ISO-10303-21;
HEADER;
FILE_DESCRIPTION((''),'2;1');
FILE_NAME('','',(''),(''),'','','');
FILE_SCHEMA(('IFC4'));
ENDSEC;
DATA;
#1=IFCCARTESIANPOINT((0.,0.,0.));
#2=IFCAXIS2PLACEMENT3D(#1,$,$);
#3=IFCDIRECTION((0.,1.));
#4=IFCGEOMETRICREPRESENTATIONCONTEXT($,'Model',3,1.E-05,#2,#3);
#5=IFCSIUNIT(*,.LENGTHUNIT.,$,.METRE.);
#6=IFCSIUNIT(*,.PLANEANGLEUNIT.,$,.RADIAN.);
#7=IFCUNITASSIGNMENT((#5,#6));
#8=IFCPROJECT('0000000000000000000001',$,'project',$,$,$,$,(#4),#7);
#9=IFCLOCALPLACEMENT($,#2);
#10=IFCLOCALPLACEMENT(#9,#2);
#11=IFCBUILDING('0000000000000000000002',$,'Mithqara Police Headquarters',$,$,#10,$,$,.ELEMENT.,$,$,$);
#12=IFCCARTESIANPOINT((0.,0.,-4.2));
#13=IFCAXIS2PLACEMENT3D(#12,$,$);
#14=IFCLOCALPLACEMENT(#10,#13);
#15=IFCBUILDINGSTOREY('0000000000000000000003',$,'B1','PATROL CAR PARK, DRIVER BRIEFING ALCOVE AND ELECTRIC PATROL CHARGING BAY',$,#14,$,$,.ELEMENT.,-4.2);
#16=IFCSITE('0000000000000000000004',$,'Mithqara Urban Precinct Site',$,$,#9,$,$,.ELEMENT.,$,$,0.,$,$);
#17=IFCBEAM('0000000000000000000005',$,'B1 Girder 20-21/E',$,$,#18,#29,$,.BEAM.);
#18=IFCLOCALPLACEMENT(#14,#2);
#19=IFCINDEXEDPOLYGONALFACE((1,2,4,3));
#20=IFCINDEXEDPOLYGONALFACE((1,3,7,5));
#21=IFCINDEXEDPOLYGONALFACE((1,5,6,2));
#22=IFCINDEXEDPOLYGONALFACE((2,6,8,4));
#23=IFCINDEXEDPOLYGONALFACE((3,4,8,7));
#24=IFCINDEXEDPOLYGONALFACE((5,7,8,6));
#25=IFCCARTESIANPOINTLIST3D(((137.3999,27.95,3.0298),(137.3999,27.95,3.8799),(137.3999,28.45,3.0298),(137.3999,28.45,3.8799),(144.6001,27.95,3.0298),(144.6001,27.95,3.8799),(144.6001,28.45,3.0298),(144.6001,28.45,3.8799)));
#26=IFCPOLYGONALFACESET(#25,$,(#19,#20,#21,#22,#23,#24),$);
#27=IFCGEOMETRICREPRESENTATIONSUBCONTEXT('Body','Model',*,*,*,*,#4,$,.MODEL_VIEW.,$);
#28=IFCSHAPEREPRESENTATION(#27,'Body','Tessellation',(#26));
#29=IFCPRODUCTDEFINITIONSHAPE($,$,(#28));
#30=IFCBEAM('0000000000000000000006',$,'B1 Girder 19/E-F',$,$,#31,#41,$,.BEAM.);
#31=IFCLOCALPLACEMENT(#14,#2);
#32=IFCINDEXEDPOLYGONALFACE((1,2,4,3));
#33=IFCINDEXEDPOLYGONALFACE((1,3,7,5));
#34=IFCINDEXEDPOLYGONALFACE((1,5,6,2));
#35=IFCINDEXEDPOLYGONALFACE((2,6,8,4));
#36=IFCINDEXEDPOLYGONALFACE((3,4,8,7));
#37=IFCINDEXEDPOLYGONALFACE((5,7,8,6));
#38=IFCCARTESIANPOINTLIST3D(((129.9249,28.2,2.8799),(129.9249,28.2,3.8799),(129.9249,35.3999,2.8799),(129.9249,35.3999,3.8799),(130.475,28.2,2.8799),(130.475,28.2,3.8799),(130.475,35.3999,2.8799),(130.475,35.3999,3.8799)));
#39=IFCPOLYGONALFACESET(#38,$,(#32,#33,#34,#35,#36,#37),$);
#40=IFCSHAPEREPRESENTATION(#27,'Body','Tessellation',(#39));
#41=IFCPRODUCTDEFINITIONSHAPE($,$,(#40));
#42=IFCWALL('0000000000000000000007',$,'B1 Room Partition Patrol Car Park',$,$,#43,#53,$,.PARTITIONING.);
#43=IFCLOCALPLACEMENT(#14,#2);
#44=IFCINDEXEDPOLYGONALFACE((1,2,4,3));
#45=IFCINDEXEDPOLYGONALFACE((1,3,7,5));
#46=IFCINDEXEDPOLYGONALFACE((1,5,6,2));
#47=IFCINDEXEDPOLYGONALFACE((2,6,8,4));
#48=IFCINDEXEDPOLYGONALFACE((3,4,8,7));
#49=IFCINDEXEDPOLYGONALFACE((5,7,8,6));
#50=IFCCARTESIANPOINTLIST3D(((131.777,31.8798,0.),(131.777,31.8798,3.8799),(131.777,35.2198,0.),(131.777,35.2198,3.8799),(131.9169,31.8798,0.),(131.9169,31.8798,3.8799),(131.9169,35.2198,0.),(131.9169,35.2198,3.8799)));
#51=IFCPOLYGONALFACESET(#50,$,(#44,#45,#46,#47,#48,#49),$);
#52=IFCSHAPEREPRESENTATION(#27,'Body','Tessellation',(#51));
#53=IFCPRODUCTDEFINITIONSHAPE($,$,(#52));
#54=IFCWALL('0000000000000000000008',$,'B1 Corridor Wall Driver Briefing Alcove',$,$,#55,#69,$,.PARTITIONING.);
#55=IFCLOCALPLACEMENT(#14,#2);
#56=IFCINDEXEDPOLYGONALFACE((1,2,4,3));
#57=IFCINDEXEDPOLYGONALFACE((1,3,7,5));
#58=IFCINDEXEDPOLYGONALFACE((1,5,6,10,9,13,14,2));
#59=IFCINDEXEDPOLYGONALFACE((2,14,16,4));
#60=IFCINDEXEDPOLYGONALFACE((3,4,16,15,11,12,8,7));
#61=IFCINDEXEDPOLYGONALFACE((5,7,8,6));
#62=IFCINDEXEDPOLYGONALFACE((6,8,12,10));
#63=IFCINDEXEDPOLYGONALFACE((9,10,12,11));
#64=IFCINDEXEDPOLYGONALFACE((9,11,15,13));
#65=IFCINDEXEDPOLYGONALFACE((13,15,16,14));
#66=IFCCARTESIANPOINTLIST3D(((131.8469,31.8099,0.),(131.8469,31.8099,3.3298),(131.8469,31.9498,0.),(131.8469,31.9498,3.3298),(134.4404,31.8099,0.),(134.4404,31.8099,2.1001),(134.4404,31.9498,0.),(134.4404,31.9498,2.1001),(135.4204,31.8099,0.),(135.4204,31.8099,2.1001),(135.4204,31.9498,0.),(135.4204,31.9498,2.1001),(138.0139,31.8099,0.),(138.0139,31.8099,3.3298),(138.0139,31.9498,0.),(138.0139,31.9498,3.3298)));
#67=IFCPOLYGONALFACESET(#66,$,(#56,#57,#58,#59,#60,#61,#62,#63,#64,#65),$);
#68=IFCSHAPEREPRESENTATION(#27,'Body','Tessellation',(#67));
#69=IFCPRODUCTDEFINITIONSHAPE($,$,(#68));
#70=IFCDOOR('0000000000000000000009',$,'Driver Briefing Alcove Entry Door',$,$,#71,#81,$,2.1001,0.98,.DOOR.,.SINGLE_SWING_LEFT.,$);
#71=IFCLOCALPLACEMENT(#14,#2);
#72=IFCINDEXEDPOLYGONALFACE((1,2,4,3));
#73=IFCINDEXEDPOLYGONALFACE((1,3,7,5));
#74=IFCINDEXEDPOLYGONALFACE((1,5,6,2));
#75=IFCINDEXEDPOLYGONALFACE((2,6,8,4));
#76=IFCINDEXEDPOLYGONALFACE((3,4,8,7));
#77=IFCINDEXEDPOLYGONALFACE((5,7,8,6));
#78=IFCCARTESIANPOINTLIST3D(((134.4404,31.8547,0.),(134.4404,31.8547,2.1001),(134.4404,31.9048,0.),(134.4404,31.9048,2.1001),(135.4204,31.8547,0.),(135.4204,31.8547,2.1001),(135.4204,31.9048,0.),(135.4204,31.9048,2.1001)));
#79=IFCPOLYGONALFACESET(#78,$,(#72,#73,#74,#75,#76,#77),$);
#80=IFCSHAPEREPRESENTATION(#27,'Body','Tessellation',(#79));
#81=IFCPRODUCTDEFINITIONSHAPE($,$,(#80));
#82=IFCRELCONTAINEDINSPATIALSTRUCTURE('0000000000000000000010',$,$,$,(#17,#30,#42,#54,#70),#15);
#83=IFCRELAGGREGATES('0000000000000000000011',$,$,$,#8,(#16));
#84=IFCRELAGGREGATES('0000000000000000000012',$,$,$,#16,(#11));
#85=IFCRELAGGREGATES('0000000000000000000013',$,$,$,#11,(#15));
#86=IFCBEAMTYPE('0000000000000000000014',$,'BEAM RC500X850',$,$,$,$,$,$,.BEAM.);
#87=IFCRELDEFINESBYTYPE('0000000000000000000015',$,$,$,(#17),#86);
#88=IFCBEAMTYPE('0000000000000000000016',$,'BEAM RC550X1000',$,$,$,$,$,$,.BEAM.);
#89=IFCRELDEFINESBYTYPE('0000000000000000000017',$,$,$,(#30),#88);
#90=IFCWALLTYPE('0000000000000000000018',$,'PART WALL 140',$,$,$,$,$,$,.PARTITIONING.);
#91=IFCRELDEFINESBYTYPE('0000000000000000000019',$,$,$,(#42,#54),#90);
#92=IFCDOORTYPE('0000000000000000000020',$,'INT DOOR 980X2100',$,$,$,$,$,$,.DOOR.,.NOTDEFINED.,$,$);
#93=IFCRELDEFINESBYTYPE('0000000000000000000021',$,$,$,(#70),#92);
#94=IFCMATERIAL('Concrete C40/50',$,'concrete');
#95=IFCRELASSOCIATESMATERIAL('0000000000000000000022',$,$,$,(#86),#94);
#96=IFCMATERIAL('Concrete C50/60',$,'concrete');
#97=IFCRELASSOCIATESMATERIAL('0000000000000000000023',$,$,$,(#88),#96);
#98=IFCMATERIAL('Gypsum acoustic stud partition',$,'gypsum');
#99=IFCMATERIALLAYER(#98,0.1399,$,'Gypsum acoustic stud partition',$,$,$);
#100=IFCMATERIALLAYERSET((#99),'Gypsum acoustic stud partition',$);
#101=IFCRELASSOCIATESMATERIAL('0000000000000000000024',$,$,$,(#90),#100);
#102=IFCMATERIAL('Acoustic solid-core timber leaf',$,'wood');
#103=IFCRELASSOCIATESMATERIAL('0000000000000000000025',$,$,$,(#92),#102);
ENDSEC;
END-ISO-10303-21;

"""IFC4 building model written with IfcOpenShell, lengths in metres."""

from ifc_helpers import new_model, si_unit, direction, frame, frame_2d, origin, origin_2d, place, context, subcontext, project, spatial, rectangle, extrude, material, layer, layer_set, material_profile, profile_set, type_object, element, fill, save


model = new_model("IFC4")

# Units and contexts
model_context = context("Model", 3, precision=1e-05, world=origin(), true_north=direction((0.0, 1.0)))
body_context = subcontext(model_context, "Body", "Model", "MODEL_VIEW")
ifc_project = project(units=[si_unit("LENGTHUNIT", "METRE"), si_unit("PLANEANGLEUNIT", "RADIAN")], contexts=[model_context])

# Site, building, storey
site_placement = place(None, origin())
site = spatial("IfcSite", under=ifc_project, at=site_placement, Name="Mithqara Urban Precinct Site", CompositionType="ELEMENT", RefElevation=0.0)
building_placement = place(site_placement, origin())
building = spatial("IfcBuilding", under=site, at=building_placement, Name="Mithqara Police Headquarters", CompositionType="ELEMENT")
storey_placement = place(building_placement, frame((0.0, 0.0, -4.2)))
storey = spatial("IfcBuildingStorey", under=building, at=storey_placement, Name="B1", Description="PATROL CAR PARK, DRIVER BRIEFING ALCOVE AND ELECTRIC PATROL CHARGING BAY", CompositionType="ELEMENT", Elevation=-4.2)

# Shared definitions
ifc_material_1 = material(Name="Concrete C40/50", Category="concrete")

# Shared definitions
ifc_material_2 = material(Name="Concrete C50/60", Category="concrete")

# Beams
ifc_material_profile_1 = material_profile(ifc_material_1, rectangle(XDim=0.5, YDim=0.8501, at=origin_2d()), Name="RC 500x850")
ifc_profile_set_1 = profile_set([ifc_material_profile_1], Name="Concrete C40/50")
beam_type_1 = type_object("IfcBeamType", Name="BEAM RC500X850", PredefinedType="BEAM", material=ifc_profile_set_1)
beam_1_placement = place(storey_placement, frame((137.3999, 28.2, 3.4548), z_axis=(1.0, 0.0, 0.0), x_axis=(0.0, 1.0, 0.0)))
element("IfcBeam", 1, at=beam_1_placement, inside=storey, type_object=beam_type_1, Name="B1 Girder 20-21/E", PredefinedType="BEAM", context=body_context, shape_type="SweptSolid", body=[
    extrude(rectangle(XDim=0.5, YDim=0.8501, at=origin_2d()), origin(), (0.0, 0.0, 1.0), 7.2002),
])
ifc_material_profile_2 = material_profile(ifc_material_2, rectangle(XDim=0.55, YDim=1.0, at=origin_2d()), Name="RC 550x1000")
ifc_profile_set_2 = profile_set([ifc_material_profile_2], Name="Concrete C50/60")
beam_type_2 = type_object("IfcBeamType", Name="BEAM RC550X1000", PredefinedType="BEAM", material=ifc_profile_set_2)
beam_2_placement = place(storey_placement, frame((130.2, 28.2, 3.3799), z_axis=(0.0, 1.0, 0.0), x_axis=(-1.0, 0.0, 0.0)))
element("IfcBeam", 2, at=beam_2_placement, inside=storey, type_object=beam_type_2, Name="B1 Girder 19/E-F", PredefinedType="BEAM", context=body_context, shape_type="SweptSolid", body=[
    extrude(rectangle(XDim=0.55, YDim=1.0, at=origin_2d()), origin(), (0.0, 0.0, 1.0), 7.2),
])

# Wall
ifc_material_3 = material(Name="Gypsum acoustic stud partition", Category="gypsum")
ifc_layer = layer(ifc_material_3, 0.1399, Name="Gypsum acoustic stud partition")
ifc_layer_set = layer_set([ifc_layer], Name="Gypsum acoustic stud partition")
wall_type = type_object("IfcWallType", Name="PART WALL 140", PredefinedType="PARTITIONING", material=ifc_layer_set)
wall_1_placement = place(storey_placement, frame((131.8469, 31.8799, 0.0), z_axis=(0.0, 0.0, 1.0), x_axis=(0.0, 1.0, 0.0)))
element("IfcWall", 3, at=wall_1_placement, inside=storey, type_object=wall_type, Name="B1 Room Partition Patrol Car Park", PredefinedType="PARTITIONING", context=body_context, shape_type="SweptSolid", body=[
    extrude(rectangle(XDim=3.3401, YDim=0.1399, at=frame_2d((1.6699, 0.0))), origin(), (0.0, 0.0, 1.0), 3.8799),
])

# Wall, opening, door
wall_2_placement = place(storey_placement, frame((131.8469, 31.8799, 0.0), z_axis=(0.0, 0.0, 1.0), x_axis=(1.0, 0.0, 0.0)))
wall_2 = element("IfcWall", 4, at=wall_2_placement, inside=storey, type_object=wall_type, Name="B1 Corridor Wall Driver Briefing Alcove", PredefinedType="PARTITIONING", context=body_context, shape_type="SweptSolid", body=[
    extrude(rectangle(XDim=6.167, YDim=0.1399, at=frame_2d((3.0835, 0.0))), origin(), (0.0, 0.0, 1.0), 3.3298),
])
opening_placement = place(wall_2_placement, frame((2.5935, 0.0, 0.0)))
opening = element("IfcOpeningElement", 5, at=opening_placement, cuts=wall_2, PredefinedType="OPENING", context=body_context, shape_type="SweptSolid", body=[
    extrude(rectangle(XDim=0.98, YDim=2.1001, at=frame_2d((0.49, 1.05))), frame((0.0, 0.0801, 0.0), z_axis=(0.0, -1.0, 0.0), x_axis=(1.0, 0.0, 0.0)), (0.0, 0.0, 1.0), 0.1599),
])
ifc_material_4 = material(Name="Acoustic solid-core timber leaf", Category="wood")
door_type = type_object("IfcDoorType", Name="INT DOOR 980X2100", OperationType="NOTDEFINED", PredefinedType="DOOR", material=ifc_material_4)
door_placement = place(opening_placement, origin())
door = element("IfcDoor", 6, at=door_placement, inside=storey, type_object=door_type, Name="Driver Briefing Alcove Entry Door", OperationType="SINGLE_SWING_LEFT", OverallHeight=2.1001, OverallWidth=0.98, PredefinedType="DOOR", context=body_context, shape_type="SweptSolid", body=[
    extrude(rectangle(XDim=0.98, YDim=2.1001, at=frame_2d((0.49, 1.05))), frame((0.0, 0.0249, 0.0), z_axis=(0.0, -1.0, 0.0), x_axis=(1.0, 0.0, 0.0)), (0.0, 0.0, 1.0), 0.05),
])
fill(opening, door)

save(model, "model.ifc")
